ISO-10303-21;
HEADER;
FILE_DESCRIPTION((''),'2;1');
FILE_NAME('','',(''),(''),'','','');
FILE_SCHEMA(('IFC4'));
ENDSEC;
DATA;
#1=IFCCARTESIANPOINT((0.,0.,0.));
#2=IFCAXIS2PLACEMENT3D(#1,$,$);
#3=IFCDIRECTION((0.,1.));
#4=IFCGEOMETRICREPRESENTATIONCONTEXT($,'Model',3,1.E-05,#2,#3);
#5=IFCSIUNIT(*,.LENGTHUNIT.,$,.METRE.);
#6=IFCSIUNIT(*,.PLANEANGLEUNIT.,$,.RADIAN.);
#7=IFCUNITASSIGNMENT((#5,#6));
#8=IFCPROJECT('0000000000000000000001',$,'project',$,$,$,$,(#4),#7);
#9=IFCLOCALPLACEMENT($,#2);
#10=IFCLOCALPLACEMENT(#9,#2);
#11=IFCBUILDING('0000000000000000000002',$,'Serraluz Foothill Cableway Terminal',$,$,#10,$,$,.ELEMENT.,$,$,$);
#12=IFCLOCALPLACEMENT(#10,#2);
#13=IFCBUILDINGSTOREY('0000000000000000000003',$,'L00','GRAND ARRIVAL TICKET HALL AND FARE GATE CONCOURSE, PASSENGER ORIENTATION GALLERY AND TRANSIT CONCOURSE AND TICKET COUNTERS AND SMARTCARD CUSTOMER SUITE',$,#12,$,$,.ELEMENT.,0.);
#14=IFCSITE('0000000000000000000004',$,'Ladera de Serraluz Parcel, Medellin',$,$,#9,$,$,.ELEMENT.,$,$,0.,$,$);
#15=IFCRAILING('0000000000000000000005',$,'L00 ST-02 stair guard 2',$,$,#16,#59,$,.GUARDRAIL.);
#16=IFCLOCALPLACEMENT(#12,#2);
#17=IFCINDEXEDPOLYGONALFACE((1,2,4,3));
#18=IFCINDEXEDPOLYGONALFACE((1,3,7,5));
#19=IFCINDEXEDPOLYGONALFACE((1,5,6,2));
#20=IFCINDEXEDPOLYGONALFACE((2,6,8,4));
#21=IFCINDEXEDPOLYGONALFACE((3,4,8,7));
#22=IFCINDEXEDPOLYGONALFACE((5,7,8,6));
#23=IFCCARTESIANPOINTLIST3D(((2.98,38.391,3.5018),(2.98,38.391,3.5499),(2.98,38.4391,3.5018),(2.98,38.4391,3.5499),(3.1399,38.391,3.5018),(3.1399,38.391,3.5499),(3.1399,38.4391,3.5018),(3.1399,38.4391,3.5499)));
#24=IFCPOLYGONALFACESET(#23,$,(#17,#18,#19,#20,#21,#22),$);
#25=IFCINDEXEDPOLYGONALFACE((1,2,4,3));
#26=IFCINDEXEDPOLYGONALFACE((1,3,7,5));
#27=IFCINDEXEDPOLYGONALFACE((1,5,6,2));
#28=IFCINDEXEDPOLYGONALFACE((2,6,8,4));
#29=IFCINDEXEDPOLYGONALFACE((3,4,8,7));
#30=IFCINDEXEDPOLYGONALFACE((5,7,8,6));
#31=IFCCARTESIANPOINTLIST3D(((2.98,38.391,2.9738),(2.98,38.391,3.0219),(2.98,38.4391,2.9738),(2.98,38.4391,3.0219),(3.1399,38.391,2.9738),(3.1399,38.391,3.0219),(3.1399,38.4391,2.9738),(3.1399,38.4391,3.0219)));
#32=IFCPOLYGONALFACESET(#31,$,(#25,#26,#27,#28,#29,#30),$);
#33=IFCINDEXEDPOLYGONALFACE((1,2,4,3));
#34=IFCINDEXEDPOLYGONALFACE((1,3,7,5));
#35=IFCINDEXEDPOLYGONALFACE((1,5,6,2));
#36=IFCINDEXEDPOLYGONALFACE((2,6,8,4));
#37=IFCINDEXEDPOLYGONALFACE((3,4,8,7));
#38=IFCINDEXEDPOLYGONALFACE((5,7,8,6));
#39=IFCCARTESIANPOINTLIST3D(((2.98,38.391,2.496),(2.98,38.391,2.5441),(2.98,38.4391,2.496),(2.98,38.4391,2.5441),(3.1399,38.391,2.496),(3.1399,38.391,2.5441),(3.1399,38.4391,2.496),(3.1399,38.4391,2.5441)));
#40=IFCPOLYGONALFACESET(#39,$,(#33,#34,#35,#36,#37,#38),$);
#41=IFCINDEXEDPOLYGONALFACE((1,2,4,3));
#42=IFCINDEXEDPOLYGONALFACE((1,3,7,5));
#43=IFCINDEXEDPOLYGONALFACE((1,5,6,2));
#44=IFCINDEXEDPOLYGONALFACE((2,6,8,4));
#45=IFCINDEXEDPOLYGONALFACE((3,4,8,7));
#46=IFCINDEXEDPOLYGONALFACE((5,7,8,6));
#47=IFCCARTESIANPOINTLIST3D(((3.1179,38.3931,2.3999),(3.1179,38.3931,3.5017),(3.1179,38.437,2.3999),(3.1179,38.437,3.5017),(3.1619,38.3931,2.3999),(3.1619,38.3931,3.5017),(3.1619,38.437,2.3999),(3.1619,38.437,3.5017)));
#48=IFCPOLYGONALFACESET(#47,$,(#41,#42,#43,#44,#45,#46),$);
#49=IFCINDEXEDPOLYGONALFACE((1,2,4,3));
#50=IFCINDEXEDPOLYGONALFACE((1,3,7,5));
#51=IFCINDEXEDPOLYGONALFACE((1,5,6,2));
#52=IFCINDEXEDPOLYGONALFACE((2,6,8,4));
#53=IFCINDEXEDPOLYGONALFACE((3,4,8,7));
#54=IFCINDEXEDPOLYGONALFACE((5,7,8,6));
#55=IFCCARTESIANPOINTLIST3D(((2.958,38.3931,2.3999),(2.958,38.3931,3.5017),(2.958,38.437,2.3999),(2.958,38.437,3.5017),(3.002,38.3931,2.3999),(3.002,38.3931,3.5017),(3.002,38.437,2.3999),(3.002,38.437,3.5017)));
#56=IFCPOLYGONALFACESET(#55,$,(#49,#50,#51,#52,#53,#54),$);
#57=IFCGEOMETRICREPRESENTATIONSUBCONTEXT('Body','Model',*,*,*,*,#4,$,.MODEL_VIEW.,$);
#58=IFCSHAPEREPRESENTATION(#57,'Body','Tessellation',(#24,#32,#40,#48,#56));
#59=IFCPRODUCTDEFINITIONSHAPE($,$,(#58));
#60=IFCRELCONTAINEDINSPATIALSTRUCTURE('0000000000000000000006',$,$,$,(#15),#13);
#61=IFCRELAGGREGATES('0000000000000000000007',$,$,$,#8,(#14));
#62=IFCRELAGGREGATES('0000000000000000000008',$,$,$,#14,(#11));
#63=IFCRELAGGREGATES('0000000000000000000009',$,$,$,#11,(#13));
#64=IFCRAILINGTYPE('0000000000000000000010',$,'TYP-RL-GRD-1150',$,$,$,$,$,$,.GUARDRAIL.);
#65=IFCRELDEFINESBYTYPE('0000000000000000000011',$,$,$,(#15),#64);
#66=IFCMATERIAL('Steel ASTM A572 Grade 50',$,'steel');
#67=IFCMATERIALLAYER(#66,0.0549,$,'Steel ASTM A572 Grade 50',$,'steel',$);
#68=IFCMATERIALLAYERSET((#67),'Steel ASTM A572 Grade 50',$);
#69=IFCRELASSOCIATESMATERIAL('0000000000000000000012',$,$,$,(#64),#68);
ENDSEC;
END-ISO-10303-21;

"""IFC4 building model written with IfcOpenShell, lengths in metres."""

from ifc_helpers import new_model, si_unit, direction, frame, origin, origin_2d, place, context, subcontext, project, spatial, rectangle, extrude, material, layer, layer_set, type_object, element, save


model = new_model("IFC4")

# Units and contexts
model_context = context("Model", 3, precision=1e-05, world=origin(), true_north=direction((0.0, 1.0)))
body_context = subcontext(model_context, "Body", "Model", "MODEL_VIEW")
ifc_project = project(units=[si_unit("LENGTHUNIT", "METRE"), si_unit("PLANEANGLEUNIT", "RADIAN")], contexts=[model_context])

# Site, building, storey
site_placement = place(None, origin())
site = spatial("IfcSite", under=ifc_project, at=site_placement, Name="Ladera de Serraluz Parcel, Medellin", CompositionType="ELEMENT", RefElevation=0.0)
building_placement = place(site_placement, origin())
building = spatial("IfcBuilding", under=site, at=building_placement, Name="Serraluz Foothill Cableway Terminal", CompositionType="ELEMENT")
storey_placement = place(building_placement, origin())
storey = spatial("IfcBuildingStorey", under=building, at=storey_placement, Name="L00", Description="GRAND ARRIVAL TICKET HALL AND FARE GATE CONCOURSE, PASSENGER ORIENTATION GALLERY AND TRANSIT CONCOURSE AND TICKET COUNTERS AND SMARTCARD CUSTOMER SUITE", CompositionType="ELEMENT", Elevation=0.0)

# Railing
ifc_material_1 = material(Name="Steel ASTM A572 Grade 50", Category="steel")
ifc_layer_1 = layer(ifc_material_1, 0.0549, Name="Steel ASTM A572 Grade 50", Category="steel")
ifc_layer_set_1 = layer_set([ifc_layer_1], Name="Steel ASTM A572 Grade 50")
railing_type_1 = type_object("IfcRailingType", Name="TYP-RL-GRD-1150", PredefinedType="GUARDRAIL", material=ifc_layer_set_1)
railing_1_placement = place(storey_placement, frame((3.1399, 38.415, 2.3999)))
element("IfcRailing", 1, at=railing_1_placement, inside=storey, type_object=railing_type_1, Name="L00 ST-02 stair guard 2", PredefinedType="GUARDRAIL", context=body_context, shape_type="SweptSolid", body=[
    extrude(rectangle(XDim=0.0481, YDim=0.0481, at=origin_2d()), frame((0.0, 0.0, 1.126), z_axis=(-1.0, 0.0, 0.0), x_axis=(0.0, -1.0, 0.0)), (0.0, 0.0, 1.0), 0.1599),
    extrude(rectangle(XDim=0.0481, YDim=0.0481, at=origin_2d()), frame((0.0, 0.0, 0.5979), z_axis=(-1.0, 0.0, 0.0), x_axis=(0.0, -1.0, 0.0)), (0.0, 0.0, 1.0), 0.1599),
    extrude(rectangle(XDim=0.0481, YDim=0.0481, at=origin_2d()), frame((0.0, 0.0, 0.1201), z_axis=(-1.0, 0.0, 0.0), x_axis=(0.0, -1.0, 0.0)), (0.0, 0.0, 1.0), 0.1599),
    extrude(rectangle(XDim=0.0439, YDim=0.0439, at=origin_2d()), origin(), (0.0, 0.0, 1.0), 1.1018),
    extrude(rectangle(XDim=0.0439, YDim=0.0439, at=origin_2d()), frame((-0.1599, 0.0, 0.0)), (0.0, 0.0, 1.0), 1.1018),
])

save(model, "model.ifc")
